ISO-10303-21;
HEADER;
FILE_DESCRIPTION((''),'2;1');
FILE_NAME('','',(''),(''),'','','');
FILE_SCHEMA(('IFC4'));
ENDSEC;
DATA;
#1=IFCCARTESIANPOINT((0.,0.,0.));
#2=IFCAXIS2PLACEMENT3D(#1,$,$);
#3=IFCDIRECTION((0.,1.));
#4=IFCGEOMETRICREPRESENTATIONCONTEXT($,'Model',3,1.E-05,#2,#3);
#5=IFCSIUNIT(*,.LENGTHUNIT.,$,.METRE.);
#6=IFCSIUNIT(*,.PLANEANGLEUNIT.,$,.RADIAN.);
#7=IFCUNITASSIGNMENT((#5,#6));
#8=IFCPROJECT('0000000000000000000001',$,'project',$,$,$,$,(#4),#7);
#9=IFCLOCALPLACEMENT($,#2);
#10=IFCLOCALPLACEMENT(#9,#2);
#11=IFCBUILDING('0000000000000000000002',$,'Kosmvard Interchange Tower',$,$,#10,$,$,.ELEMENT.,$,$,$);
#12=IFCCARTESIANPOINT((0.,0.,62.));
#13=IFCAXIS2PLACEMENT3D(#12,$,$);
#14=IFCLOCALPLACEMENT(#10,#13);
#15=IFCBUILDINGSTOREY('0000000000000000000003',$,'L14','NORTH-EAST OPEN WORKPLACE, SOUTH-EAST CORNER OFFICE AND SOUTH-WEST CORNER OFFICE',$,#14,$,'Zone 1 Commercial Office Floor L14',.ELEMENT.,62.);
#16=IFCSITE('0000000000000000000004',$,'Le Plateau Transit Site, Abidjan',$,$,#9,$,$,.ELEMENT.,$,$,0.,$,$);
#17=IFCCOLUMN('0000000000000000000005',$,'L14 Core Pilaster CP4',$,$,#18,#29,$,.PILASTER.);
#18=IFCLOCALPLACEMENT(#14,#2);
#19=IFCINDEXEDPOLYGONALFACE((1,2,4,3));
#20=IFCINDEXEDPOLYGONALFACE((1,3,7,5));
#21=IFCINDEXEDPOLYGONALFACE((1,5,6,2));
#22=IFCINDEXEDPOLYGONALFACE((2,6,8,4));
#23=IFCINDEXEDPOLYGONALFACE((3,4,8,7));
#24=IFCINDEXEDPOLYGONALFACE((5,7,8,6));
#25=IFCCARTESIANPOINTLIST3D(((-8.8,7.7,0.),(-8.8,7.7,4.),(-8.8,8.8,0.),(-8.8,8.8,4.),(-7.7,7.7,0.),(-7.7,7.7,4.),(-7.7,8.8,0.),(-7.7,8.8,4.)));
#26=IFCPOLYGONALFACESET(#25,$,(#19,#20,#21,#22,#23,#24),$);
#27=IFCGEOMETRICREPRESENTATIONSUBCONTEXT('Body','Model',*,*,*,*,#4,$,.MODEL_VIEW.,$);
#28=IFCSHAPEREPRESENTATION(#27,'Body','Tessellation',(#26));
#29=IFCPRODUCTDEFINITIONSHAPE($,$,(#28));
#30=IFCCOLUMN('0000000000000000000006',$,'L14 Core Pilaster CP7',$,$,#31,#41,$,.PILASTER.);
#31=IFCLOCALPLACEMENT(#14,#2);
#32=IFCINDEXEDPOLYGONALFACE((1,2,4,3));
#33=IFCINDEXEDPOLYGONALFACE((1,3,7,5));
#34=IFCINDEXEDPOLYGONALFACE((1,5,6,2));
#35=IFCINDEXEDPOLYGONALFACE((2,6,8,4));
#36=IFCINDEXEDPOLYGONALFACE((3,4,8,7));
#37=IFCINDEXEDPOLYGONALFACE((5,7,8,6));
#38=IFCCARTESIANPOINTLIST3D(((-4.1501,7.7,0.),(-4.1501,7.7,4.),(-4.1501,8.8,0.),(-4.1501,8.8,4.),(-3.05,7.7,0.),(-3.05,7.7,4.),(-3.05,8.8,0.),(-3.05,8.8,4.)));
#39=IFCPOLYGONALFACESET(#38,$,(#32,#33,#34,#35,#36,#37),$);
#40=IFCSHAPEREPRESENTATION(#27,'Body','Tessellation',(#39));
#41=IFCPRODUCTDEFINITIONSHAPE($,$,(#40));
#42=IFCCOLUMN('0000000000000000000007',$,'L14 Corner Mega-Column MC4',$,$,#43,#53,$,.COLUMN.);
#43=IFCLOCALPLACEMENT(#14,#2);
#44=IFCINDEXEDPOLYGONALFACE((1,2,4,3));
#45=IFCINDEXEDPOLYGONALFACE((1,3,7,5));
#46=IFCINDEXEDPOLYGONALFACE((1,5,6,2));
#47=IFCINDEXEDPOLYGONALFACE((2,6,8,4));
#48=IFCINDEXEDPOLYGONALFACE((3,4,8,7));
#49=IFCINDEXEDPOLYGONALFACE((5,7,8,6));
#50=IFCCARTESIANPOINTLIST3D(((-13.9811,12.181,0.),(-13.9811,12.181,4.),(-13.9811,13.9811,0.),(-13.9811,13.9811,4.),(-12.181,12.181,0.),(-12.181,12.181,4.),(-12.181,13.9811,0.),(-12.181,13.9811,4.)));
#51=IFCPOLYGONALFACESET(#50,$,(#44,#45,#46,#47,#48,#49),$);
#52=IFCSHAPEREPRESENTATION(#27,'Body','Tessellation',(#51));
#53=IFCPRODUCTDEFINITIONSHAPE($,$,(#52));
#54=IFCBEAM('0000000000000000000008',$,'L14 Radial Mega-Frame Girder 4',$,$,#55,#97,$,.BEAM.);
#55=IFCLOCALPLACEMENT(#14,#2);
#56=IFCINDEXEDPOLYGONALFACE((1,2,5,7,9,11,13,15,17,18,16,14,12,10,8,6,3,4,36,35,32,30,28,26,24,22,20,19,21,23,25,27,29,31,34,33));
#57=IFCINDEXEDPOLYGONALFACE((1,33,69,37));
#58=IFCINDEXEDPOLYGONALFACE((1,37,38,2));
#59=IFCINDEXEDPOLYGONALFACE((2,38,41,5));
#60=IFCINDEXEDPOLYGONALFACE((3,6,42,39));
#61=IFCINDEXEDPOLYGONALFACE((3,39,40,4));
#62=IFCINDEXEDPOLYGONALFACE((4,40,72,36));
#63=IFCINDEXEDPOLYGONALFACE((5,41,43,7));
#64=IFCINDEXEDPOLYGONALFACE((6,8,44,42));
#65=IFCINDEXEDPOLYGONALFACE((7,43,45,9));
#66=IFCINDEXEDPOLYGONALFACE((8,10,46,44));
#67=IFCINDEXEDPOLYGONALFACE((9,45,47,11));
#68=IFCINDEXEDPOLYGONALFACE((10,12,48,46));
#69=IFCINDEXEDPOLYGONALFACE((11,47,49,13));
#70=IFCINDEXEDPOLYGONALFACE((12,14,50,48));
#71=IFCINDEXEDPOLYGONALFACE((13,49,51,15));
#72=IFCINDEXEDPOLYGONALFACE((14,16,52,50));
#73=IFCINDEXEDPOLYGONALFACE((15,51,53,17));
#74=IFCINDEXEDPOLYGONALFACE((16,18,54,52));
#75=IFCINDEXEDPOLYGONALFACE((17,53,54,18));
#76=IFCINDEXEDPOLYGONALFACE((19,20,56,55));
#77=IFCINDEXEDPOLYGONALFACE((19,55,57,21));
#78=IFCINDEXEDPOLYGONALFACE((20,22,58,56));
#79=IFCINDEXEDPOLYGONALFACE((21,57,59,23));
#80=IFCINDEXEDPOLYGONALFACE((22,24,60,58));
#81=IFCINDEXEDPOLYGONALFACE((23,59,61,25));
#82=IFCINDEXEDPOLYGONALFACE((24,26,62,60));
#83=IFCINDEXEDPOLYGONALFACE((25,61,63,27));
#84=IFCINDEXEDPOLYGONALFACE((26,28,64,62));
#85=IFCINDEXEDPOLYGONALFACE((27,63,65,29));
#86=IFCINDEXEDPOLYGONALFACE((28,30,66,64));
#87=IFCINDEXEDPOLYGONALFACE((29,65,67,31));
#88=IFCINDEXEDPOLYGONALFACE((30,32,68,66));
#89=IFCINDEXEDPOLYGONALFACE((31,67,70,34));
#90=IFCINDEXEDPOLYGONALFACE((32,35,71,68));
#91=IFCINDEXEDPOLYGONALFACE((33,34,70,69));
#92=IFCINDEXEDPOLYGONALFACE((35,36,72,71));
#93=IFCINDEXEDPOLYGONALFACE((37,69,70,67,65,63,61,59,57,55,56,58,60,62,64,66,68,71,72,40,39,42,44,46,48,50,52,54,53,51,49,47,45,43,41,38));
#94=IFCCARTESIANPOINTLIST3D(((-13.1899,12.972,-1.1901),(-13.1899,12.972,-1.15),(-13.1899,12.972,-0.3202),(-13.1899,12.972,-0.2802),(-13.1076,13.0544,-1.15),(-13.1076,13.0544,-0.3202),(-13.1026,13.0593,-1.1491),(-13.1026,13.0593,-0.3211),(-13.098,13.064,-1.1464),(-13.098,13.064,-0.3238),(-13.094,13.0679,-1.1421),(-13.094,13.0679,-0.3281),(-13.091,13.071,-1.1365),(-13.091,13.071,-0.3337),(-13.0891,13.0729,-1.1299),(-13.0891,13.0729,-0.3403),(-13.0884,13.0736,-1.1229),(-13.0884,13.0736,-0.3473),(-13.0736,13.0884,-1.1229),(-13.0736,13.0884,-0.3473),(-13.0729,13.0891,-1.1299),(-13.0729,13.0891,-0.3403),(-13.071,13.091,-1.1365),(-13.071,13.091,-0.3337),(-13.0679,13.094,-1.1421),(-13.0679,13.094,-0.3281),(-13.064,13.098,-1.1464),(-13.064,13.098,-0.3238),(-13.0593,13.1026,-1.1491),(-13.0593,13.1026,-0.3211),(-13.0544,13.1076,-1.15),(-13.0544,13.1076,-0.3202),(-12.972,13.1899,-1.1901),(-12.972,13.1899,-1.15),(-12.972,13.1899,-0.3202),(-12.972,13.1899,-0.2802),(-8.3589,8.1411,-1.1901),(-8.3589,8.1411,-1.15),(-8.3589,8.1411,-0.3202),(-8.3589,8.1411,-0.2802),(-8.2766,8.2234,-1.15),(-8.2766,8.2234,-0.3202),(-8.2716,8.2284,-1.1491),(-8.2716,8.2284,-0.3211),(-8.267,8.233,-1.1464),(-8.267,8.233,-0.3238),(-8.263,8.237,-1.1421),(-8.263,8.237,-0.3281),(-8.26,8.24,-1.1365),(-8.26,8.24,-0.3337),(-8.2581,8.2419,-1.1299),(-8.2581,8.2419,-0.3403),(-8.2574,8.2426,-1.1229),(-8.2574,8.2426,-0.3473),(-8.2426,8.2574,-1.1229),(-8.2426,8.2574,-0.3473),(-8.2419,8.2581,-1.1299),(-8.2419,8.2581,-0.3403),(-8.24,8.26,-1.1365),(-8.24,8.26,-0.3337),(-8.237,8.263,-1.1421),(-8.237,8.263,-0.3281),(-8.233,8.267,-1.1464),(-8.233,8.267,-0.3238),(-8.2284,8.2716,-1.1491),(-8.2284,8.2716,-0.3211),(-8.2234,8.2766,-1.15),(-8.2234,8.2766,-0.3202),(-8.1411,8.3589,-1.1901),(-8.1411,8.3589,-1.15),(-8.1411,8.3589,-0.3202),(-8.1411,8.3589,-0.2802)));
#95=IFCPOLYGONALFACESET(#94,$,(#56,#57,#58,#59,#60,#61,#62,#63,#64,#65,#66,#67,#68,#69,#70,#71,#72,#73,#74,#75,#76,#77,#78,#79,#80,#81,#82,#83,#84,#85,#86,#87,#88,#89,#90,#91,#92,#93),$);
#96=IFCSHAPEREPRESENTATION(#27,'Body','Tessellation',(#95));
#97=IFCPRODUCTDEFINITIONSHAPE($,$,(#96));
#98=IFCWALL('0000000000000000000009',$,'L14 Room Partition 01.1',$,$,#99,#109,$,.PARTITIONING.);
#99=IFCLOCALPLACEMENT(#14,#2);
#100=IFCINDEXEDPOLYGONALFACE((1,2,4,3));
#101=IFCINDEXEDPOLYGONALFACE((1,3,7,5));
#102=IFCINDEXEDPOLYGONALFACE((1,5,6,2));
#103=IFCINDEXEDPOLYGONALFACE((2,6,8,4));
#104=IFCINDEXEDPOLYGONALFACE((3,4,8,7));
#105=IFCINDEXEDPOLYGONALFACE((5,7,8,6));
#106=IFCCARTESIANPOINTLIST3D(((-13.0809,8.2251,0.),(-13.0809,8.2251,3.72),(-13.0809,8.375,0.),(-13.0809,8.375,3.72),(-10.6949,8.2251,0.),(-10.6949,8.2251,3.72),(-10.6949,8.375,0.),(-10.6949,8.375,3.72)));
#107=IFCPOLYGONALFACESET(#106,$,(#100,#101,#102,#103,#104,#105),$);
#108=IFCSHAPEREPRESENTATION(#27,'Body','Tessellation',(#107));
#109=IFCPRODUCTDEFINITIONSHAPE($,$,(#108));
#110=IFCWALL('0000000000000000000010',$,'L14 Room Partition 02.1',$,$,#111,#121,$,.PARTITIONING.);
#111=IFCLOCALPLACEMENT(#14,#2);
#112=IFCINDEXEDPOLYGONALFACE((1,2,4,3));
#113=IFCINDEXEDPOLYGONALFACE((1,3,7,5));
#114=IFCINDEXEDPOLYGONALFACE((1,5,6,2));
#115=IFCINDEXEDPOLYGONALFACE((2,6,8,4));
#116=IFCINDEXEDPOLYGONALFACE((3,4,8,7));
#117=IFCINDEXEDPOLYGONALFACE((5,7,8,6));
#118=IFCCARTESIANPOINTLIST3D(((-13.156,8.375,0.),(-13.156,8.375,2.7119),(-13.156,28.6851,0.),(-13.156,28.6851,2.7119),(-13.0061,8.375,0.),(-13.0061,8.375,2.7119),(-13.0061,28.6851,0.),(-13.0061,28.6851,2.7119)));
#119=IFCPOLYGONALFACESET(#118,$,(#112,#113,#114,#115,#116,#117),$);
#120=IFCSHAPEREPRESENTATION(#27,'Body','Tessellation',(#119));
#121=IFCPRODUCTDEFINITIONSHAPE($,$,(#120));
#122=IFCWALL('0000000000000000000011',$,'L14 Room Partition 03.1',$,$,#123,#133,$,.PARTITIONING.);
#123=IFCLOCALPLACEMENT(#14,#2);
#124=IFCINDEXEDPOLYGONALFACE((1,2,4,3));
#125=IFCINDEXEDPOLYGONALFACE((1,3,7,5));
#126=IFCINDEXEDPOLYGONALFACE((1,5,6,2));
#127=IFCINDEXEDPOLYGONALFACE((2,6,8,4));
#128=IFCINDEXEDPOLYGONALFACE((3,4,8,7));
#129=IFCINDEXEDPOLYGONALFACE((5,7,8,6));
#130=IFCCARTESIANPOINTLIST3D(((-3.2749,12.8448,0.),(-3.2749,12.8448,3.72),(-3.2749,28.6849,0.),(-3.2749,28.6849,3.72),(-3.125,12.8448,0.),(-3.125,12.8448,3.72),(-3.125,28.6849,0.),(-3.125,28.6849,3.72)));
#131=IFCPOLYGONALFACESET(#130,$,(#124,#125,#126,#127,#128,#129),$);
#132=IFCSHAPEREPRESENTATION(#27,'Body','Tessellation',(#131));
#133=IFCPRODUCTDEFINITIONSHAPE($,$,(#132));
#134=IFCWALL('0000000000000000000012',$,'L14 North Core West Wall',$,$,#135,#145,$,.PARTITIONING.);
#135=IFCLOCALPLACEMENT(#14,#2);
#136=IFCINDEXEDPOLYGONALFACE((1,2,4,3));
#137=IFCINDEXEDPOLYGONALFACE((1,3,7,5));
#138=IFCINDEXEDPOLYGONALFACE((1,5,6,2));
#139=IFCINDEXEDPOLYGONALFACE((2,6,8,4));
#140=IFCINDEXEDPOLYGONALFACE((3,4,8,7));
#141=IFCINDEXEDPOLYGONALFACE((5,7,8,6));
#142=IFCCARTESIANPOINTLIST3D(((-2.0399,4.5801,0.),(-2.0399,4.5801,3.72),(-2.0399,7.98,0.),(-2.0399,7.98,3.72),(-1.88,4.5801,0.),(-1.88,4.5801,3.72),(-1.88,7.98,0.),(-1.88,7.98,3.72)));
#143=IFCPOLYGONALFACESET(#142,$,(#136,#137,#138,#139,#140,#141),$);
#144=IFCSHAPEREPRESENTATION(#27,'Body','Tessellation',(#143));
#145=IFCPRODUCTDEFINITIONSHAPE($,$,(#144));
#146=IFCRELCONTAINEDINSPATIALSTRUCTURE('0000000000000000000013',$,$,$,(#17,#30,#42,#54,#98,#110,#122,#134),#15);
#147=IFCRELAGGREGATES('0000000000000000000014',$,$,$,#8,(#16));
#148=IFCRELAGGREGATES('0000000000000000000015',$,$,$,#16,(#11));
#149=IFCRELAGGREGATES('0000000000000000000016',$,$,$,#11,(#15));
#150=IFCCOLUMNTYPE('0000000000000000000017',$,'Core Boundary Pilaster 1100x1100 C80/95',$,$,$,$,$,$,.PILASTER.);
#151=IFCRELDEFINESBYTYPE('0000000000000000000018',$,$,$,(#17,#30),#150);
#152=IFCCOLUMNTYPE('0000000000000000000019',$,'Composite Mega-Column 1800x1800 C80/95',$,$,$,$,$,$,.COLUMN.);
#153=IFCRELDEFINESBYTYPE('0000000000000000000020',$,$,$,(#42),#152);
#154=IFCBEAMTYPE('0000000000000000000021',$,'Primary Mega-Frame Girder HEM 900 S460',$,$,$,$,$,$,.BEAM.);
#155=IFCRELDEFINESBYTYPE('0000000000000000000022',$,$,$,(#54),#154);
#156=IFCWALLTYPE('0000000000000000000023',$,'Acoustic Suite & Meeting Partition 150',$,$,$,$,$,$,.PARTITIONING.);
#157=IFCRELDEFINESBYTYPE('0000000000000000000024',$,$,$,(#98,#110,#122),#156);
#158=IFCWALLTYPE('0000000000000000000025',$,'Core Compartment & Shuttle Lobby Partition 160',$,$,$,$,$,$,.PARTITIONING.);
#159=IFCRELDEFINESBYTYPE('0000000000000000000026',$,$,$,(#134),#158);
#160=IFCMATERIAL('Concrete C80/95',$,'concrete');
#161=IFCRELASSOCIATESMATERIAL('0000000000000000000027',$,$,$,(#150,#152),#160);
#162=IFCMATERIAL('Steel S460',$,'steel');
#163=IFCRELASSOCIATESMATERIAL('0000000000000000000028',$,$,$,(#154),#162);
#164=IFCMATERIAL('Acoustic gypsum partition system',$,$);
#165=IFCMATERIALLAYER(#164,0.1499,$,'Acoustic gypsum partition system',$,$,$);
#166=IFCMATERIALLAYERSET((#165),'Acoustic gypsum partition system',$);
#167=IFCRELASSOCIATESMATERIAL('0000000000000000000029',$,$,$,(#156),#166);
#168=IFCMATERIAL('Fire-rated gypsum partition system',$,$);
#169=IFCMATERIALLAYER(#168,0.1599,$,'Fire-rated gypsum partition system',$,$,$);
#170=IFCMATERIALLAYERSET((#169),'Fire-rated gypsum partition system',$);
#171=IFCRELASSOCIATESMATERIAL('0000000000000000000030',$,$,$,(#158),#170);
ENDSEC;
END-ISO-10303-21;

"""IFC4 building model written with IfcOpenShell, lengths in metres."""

from ifc_helpers import new_model, si_unit, direction, frame, frame_2d, origin, origin_2d, place, context, subcontext, project, spatial, rectangle, i_section, extrude, source, transform, mapped, material, layer, layer_set, material_profile, profile_set, type_object, element, save


model = new_model("IFC4")

# Units and contexts
model_context = context("Model", 3, precision=1e-05, world=origin(), true_north=direction((0.0, 1.0)))
body_context = subcontext(model_context, "Body", "Model", "MODEL_VIEW")
ifc_project = project(units=[si_unit("LENGTHUNIT", "METRE"), si_unit("PLANEANGLEUNIT", "RADIAN")], contexts=[model_context])

# Site, building, storey
site_placement = place(None, origin())
site = spatial("IfcSite", under=ifc_project, at=site_placement, Name="Le Plateau Transit Site, Abidjan", CompositionType="ELEMENT", RefElevation=0.0)
building_placement = place(site_placement, origin())
building = spatial("IfcBuilding", under=site, at=building_placement, Name="Kosmvard Interchange Tower", CompositionType="ELEMENT")
storey_placement = place(building_placement, frame((0.0, 0.0, 62.0)))
storey = spatial("IfcBuildingStorey", under=building, at=storey_placement, Name="L14", Description="NORTH-EAST OPEN WORKPLACE, SOUTH-EAST CORNER OFFICE AND SOUTH-WEST CORNER OFFICE", LongName="Zone 1 Commercial Office Floor L14", CompositionType="ELEMENT", Elevation=62.0)

# Columns
ifc_material_1 = material(Name="Concrete C80/95", Category="concrete")
ifc_material_profile_1 = material_profile(ifc_material_1, rectangle(XDim=1.1001, YDim=1.1001, at=origin_2d()), Name="CP 1100x1100")
ifc_profile_set_1 = profile_set([ifc_material_profile_1], Name="Concrete C80/95")
column_type_1 = type_object("IfcColumnType", Name="Core Boundary Pilaster 1100x1100 C80/95", PredefinedType="PILASTER", material=ifc_profile_set_1)
shared_shape_1 = source(origin(), body_context, "Body", "SweptSolid", [
    extrude(rectangle(XDim=1.1001, YDim=1.1001, at=origin_2d()), origin(), (0.0, 0.0, 1.0), 4.0),
])
for number, where, z_axis, x_axis, name in (
    (1, (-8.25, 8.25, 0.0), (0.0, 0.0, 1.0), (1.0, 0.0, 0.0), "L14 Core Pilaster CP4"),
    (2, (-3.6001, 8.25, 0.0), (0.0, 0.0, 1.0), (1.0, 0.0, 0.0), "L14 Core Pilaster CP7"),
):
    element("IfcColumn", number, at=place(storey_placement, frame(where, z_axis=z_axis, x_axis=x_axis)), inside=storey, type_object=column_type_1, Name=name, PredefinedType="PILASTER", context=body_context, shape_type="MappedRepresentation", body=[
        mapped(shared_shape_1, transform((0.0, 0.0, 0.0), scale=1.0)),
    ])
ifc_material_profile_2 = material_profile(ifc_material_1, rectangle(XDim=1.8, YDim=1.8, at=origin_2d()), Name="MC 1800x1800")
ifc_profile_set_2 = profile_set([ifc_material_profile_2], Name="Concrete C80/95")
column_type_2 = type_object("IfcColumnType", Name="Composite Mega-Column 1800x1800 C80/95", PredefinedType="COLUMN", material=ifc_profile_set_2)
shared_shape_2 = source(origin(), body_context, "Body", "SweptSolid", [
    extrude(rectangle(XDim=1.8, YDim=1.8, at=origin_2d()), origin(), (0.0, 0.0, 1.0), 4.0),
])
column_placement = place(storey_placement, frame((-13.0811, 13.0811, 0.0), z_axis=(0.0, 0.0, 1.0), x_axis=(1.0, 0.0, 0.0)))
element("IfcColumn", 3, at=column_placement, inside=storey, type_object=column_type_2, Name="L14 Corner Mega-Column MC4", PredefinedType="COLUMN", context=body_context, shape_type="MappedRepresentation", body=[
    mapped(shared_shape_2, transform((0.0, 0.0, 0.0), scale=1.0)),
])

# Beam
ifc_material_2 = material(Name="Steel S460", Category="steel")
ifc_material_profile_3 = material_profile(ifc_material_2, i_section(OverallWidth=0.3081, OverallDepth=0.9099, WebThickness=0.021, FlangeThickness=0.04, FilletRadius=0.0271, at=origin_2d()), Name="HEM 900")
ifc_profile_set_3 = profile_set([ifc_material_profile_3], Name="Steel S460")
beam_type = type_object("IfcBeamType", Name="Primary Mega-Frame Girder HEM 900 S460", PredefinedType="BEAM", material=ifc_profile_set_3)
shared_shape_3 = source(origin(), body_context, "Body", "SweptSolid", [
    extrude(i_section(OverallWidth=0.3081, OverallDepth=0.9099, WebThickness=0.021, FlangeThickness=0.04, FilletRadius=0.0271, at=origin_2d()), origin(), (0.0, 0.0, 1.0), 6.832),
])
beam_placement = place(storey_placement, frame((-8.25, 8.25, -0.7351), z_axis=(-0.707107, 0.707107, 0.0), x_axis=(-0.707107, -0.707107, 0.0)))
element("IfcBeam", 4, at=beam_placement, inside=storey, type_object=beam_type, Name="L14 Radial Mega-Frame Girder 4", PredefinedType="BEAM", context=body_context, shape_type="MappedRepresentation", body=[
    mapped(shared_shape_3, transform((0.0, 0.0, 0.0), scale=1.0)),
])

# Walls
ifc_material_3 = material(Name="Acoustic gypsum partition system")
ifc_layer_1 = layer(ifc_material_3, 0.1499, Name="Acoustic gypsum partition system")
ifc_layer_set_1 = layer_set([ifc_layer_1], Name="Acoustic gypsum partition system")
wall_type_1 = type_object("IfcWallType", Name="Acoustic Suite & Meeting Partition 150", PredefinedType="PARTITIONING", material=ifc_layer_set_1)
wall_1_placement = place(storey_placement, frame((-10.6951, 8.3, 0.0), z_axis=(0.0, 0.0, 1.0), x_axis=(-1.0, 0.0, 0.0)))
element("IfcWall", 5, at=wall_1_placement, inside=storey, type_object=wall_type_1, Name="L14 Room Partition 01.1", PredefinedType="PARTITIONING", context=body_context, shape_type="SweptSolid", body=[
    extrude(rectangle(XDim=2.386, YDim=0.1499, at=frame_2d((1.1929, 0.0))), origin(), (0.0, 0.0, 1.0), 3.72),
])
wall_2_placement = place(storey_placement, frame((-13.0811, 8.375, 0.0), z_axis=(0.0, 0.0, 1.0), x_axis=(0.0, 1.0, 0.0)))
element("IfcWall", 6, at=wall_2_placement, inside=storey, type_object=wall_type_1, Name="L14 Room Partition 02.1", PredefinedType="PARTITIONING", context=body_context, shape_type="SweptSolid", body=[
    extrude(rectangle(XDim=20.3101, YDim=0.1499, at=frame_2d((10.155, 0.0))), origin(), (0.0, 0.0, 1.0), 2.7119),
])
wall_3_placement = place(storey_placement, frame((-3.2, 12.845, 0.0), z_axis=(0.0, 0.0, 1.0), x_axis=(0.0, 1.0, 0.0)))
element("IfcWall", 7, at=wall_3_placement, inside=storey, type_object=wall_type_1, Name="L14 Room Partition 03.1", PredefinedType="PARTITIONING", context=body_context, shape_type="SweptSolid", body=[
    extrude(rectangle(XDim=15.8401, YDim=0.1499, at=frame_2d((7.9199, 0.0))), origin(), (0.0, 0.0, 1.0), 3.72),
])
ifc_material_4 = material(Name="Fire-rated gypsum partition system")
ifc_layer_2 = layer(ifc_material_4, 0.1599, Name="Fire-rated gypsum partition system")
ifc_layer_set_2 = layer_set([ifc_layer_2], Name="Fire-rated gypsum partition system")
wall_type_2 = type_object("IfcWallType", Name="Core Compartment & Shuttle Lobby Partition 160", PredefinedType="PARTITIONING", material=ifc_layer_set_2)
wall_4_placement = place(storey_placement, frame((-1.96, 4.5801, 0.0), z_axis=(0.0, 0.0, 1.0), x_axis=(0.0, 1.0, 0.0)))
element("IfcWall", 8, at=wall_4_placement, inside=storey, type_object=wall_type_2, Name="L14 North Core West Wall", PredefinedType="PARTITIONING", context=body_context, shape_type="SweptSolid", body=[
    extrude(rectangle(XDim=3.3999, YDim=0.1599, at=frame_2d((1.7, 0.0))), origin(), (0.0, 0.0, 1.0), 3.72),
])

save(model, "model.ifc")
